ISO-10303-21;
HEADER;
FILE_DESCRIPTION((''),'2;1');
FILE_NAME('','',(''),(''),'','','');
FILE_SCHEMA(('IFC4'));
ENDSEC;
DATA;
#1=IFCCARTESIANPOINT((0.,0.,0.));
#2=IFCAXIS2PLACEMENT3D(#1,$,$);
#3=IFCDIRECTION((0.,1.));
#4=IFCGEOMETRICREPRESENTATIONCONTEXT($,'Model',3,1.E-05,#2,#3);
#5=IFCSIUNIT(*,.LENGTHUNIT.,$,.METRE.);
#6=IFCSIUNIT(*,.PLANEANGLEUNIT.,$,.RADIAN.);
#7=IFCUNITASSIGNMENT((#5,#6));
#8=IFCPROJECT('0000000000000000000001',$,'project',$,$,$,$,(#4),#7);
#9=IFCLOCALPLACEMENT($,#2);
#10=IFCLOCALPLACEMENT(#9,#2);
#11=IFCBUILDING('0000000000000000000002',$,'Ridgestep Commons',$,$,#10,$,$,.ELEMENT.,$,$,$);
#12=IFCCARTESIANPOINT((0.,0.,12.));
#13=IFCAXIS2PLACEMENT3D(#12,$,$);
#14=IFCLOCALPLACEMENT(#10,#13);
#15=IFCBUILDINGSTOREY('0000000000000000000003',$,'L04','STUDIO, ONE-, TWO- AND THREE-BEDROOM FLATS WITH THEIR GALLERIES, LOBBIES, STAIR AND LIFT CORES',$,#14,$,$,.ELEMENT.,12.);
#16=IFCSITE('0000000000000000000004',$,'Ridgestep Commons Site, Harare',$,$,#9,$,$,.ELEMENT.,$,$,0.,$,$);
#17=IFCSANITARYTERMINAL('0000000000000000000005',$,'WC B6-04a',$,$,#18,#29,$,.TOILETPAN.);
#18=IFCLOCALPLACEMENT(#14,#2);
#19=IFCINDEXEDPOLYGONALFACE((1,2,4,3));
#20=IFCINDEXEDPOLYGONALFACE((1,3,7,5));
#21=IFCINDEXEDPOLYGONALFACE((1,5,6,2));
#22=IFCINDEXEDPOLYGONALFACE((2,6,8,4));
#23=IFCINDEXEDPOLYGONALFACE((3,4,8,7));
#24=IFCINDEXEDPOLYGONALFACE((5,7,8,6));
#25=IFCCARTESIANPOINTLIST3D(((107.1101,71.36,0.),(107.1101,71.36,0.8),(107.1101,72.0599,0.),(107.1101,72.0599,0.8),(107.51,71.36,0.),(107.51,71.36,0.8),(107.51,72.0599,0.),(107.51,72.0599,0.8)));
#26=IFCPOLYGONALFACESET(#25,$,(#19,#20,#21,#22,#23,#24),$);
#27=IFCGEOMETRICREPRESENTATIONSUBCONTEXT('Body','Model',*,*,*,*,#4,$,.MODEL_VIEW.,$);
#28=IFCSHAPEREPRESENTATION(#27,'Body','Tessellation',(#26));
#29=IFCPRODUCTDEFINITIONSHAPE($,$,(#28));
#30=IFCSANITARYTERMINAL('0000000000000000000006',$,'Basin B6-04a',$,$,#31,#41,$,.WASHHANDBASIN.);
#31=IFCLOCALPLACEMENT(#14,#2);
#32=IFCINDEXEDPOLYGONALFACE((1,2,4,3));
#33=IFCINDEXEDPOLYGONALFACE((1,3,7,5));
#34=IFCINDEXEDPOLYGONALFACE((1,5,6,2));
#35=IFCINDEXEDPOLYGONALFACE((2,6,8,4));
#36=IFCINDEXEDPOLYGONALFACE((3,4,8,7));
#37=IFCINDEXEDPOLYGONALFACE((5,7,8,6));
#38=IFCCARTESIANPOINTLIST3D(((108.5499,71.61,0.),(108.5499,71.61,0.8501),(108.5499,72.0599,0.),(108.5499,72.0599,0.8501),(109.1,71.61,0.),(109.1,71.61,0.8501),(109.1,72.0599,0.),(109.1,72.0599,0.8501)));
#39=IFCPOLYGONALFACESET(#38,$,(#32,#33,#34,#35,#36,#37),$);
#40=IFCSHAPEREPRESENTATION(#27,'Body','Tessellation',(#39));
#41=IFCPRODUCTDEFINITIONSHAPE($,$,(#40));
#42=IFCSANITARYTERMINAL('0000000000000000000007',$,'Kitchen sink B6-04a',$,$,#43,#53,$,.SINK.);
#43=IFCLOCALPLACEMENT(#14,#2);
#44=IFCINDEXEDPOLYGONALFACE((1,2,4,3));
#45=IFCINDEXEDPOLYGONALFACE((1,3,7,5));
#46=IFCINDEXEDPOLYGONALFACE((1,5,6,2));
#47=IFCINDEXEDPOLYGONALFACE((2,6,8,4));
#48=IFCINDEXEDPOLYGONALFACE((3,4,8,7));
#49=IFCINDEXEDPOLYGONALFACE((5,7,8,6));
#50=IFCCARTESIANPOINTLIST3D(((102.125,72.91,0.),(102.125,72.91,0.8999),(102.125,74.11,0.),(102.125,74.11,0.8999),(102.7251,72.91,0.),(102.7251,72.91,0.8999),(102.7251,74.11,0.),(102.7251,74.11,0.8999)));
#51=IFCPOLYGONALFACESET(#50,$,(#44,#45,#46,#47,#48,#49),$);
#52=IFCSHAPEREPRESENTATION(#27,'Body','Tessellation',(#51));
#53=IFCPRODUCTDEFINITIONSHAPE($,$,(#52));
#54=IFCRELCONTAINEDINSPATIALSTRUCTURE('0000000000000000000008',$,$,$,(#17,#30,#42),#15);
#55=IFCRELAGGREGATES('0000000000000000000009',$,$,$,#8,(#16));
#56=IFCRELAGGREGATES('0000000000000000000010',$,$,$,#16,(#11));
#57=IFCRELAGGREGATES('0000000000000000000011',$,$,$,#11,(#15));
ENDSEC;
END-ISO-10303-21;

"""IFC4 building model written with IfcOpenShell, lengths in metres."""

from ifc_helpers import new_model, si_unit, direction, frame, origin, origin_2d, place, context, subcontext, project, spatial, rectangle, extrude, element, save


model = new_model("IFC4")

# Units and contexts
model_context = context("Model", 3, precision=1e-05, world=origin(), true_north=direction((0.0, 1.0)))
body_context = subcontext(model_context, "Body", "Model", "MODEL_VIEW")
ifc_project = project(units=[si_unit("LENGTHUNIT", "METRE"), si_unit("PLANEANGLEUNIT", "RADIAN")], contexts=[model_context])

# Site, building, storey
site_placement = place(None, origin())
site = spatial("IfcSite", under=ifc_project, at=site_placement, Name="Ridgestep Commons Site, Harare", CompositionType="ELEMENT", RefElevation=0.0)
building_placement = place(site_placement, origin())
building = spatial("IfcBuilding", under=site, at=building_placement, Name="Ridgestep Commons", CompositionType="ELEMENT")
storey_placement = place(building_placement, frame((0.0, 0.0, 12.0)))
storey = spatial("IfcBuildingStorey", under=building, at=storey_placement, Name="L04", Description="STUDIO, ONE-, TWO- AND THREE-BEDROOM FLATS WITH THEIR GALLERIES, LOBBIES, STAIR AND LIFT CORES", CompositionType="ELEMENT", Elevation=12.0)

# Sanitary terminals
sanitary_terminal_1_placement = place(storey_placement, frame((107.3101, 71.71, 0.0), z_axis=(0.0, 0.0, 1.0), x_axis=(1.0, 0.0, 0.0)))
element("IfcSanitaryTerminal", 1, at=sanitary_terminal_1_placement, inside=storey, Name="WC B6-04a", PredefinedType="TOILETPAN", context=body_context, shape_type="SweptSolid", body=[
    extrude(rectangle(XDim=0.3999, YDim=0.7, at=origin_2d()), origin(), (0.0, 0.0, 1.0), 0.8),
])
sanitary_terminal_2_placement = place(storey_placement, frame((108.825, 71.835, 0.0), z_axis=(0.0, 0.0, 1.0), x_axis=(1.0, 0.0, 0.0)))
element("IfcSanitaryTerminal", 2, at=sanitary_terminal_2_placement, inside=storey, Name="Basin B6-04a", PredefinedType="WASHHANDBASIN", context=body_context, shape_type="SweptSolid", body=[
    extrude(rectangle(XDim=0.55, YDim=0.45, at=origin_2d()), origin(), (0.0, 0.0, 1.0), 0.8501),
])
sanitary_terminal_3_placement = place(storey_placement, frame((102.425, 73.51, 0.0), z_axis=(0.0, 0.0, 1.0), x_axis=(1.0, 0.0, 0.0)))
element("IfcSanitaryTerminal", 3, at=sanitary_terminal_3_placement, inside=storey, Name="Kitchen sink B6-04a", PredefinedType="SINK", context=body_context, shape_type="SweptSolid", body=[
    extrude(rectangle(XDim=0.6001, YDim=1.2, at=origin_2d()), origin(), (0.0, 0.0, 1.0), 0.8999),
])

save(model, "model.ifc")
